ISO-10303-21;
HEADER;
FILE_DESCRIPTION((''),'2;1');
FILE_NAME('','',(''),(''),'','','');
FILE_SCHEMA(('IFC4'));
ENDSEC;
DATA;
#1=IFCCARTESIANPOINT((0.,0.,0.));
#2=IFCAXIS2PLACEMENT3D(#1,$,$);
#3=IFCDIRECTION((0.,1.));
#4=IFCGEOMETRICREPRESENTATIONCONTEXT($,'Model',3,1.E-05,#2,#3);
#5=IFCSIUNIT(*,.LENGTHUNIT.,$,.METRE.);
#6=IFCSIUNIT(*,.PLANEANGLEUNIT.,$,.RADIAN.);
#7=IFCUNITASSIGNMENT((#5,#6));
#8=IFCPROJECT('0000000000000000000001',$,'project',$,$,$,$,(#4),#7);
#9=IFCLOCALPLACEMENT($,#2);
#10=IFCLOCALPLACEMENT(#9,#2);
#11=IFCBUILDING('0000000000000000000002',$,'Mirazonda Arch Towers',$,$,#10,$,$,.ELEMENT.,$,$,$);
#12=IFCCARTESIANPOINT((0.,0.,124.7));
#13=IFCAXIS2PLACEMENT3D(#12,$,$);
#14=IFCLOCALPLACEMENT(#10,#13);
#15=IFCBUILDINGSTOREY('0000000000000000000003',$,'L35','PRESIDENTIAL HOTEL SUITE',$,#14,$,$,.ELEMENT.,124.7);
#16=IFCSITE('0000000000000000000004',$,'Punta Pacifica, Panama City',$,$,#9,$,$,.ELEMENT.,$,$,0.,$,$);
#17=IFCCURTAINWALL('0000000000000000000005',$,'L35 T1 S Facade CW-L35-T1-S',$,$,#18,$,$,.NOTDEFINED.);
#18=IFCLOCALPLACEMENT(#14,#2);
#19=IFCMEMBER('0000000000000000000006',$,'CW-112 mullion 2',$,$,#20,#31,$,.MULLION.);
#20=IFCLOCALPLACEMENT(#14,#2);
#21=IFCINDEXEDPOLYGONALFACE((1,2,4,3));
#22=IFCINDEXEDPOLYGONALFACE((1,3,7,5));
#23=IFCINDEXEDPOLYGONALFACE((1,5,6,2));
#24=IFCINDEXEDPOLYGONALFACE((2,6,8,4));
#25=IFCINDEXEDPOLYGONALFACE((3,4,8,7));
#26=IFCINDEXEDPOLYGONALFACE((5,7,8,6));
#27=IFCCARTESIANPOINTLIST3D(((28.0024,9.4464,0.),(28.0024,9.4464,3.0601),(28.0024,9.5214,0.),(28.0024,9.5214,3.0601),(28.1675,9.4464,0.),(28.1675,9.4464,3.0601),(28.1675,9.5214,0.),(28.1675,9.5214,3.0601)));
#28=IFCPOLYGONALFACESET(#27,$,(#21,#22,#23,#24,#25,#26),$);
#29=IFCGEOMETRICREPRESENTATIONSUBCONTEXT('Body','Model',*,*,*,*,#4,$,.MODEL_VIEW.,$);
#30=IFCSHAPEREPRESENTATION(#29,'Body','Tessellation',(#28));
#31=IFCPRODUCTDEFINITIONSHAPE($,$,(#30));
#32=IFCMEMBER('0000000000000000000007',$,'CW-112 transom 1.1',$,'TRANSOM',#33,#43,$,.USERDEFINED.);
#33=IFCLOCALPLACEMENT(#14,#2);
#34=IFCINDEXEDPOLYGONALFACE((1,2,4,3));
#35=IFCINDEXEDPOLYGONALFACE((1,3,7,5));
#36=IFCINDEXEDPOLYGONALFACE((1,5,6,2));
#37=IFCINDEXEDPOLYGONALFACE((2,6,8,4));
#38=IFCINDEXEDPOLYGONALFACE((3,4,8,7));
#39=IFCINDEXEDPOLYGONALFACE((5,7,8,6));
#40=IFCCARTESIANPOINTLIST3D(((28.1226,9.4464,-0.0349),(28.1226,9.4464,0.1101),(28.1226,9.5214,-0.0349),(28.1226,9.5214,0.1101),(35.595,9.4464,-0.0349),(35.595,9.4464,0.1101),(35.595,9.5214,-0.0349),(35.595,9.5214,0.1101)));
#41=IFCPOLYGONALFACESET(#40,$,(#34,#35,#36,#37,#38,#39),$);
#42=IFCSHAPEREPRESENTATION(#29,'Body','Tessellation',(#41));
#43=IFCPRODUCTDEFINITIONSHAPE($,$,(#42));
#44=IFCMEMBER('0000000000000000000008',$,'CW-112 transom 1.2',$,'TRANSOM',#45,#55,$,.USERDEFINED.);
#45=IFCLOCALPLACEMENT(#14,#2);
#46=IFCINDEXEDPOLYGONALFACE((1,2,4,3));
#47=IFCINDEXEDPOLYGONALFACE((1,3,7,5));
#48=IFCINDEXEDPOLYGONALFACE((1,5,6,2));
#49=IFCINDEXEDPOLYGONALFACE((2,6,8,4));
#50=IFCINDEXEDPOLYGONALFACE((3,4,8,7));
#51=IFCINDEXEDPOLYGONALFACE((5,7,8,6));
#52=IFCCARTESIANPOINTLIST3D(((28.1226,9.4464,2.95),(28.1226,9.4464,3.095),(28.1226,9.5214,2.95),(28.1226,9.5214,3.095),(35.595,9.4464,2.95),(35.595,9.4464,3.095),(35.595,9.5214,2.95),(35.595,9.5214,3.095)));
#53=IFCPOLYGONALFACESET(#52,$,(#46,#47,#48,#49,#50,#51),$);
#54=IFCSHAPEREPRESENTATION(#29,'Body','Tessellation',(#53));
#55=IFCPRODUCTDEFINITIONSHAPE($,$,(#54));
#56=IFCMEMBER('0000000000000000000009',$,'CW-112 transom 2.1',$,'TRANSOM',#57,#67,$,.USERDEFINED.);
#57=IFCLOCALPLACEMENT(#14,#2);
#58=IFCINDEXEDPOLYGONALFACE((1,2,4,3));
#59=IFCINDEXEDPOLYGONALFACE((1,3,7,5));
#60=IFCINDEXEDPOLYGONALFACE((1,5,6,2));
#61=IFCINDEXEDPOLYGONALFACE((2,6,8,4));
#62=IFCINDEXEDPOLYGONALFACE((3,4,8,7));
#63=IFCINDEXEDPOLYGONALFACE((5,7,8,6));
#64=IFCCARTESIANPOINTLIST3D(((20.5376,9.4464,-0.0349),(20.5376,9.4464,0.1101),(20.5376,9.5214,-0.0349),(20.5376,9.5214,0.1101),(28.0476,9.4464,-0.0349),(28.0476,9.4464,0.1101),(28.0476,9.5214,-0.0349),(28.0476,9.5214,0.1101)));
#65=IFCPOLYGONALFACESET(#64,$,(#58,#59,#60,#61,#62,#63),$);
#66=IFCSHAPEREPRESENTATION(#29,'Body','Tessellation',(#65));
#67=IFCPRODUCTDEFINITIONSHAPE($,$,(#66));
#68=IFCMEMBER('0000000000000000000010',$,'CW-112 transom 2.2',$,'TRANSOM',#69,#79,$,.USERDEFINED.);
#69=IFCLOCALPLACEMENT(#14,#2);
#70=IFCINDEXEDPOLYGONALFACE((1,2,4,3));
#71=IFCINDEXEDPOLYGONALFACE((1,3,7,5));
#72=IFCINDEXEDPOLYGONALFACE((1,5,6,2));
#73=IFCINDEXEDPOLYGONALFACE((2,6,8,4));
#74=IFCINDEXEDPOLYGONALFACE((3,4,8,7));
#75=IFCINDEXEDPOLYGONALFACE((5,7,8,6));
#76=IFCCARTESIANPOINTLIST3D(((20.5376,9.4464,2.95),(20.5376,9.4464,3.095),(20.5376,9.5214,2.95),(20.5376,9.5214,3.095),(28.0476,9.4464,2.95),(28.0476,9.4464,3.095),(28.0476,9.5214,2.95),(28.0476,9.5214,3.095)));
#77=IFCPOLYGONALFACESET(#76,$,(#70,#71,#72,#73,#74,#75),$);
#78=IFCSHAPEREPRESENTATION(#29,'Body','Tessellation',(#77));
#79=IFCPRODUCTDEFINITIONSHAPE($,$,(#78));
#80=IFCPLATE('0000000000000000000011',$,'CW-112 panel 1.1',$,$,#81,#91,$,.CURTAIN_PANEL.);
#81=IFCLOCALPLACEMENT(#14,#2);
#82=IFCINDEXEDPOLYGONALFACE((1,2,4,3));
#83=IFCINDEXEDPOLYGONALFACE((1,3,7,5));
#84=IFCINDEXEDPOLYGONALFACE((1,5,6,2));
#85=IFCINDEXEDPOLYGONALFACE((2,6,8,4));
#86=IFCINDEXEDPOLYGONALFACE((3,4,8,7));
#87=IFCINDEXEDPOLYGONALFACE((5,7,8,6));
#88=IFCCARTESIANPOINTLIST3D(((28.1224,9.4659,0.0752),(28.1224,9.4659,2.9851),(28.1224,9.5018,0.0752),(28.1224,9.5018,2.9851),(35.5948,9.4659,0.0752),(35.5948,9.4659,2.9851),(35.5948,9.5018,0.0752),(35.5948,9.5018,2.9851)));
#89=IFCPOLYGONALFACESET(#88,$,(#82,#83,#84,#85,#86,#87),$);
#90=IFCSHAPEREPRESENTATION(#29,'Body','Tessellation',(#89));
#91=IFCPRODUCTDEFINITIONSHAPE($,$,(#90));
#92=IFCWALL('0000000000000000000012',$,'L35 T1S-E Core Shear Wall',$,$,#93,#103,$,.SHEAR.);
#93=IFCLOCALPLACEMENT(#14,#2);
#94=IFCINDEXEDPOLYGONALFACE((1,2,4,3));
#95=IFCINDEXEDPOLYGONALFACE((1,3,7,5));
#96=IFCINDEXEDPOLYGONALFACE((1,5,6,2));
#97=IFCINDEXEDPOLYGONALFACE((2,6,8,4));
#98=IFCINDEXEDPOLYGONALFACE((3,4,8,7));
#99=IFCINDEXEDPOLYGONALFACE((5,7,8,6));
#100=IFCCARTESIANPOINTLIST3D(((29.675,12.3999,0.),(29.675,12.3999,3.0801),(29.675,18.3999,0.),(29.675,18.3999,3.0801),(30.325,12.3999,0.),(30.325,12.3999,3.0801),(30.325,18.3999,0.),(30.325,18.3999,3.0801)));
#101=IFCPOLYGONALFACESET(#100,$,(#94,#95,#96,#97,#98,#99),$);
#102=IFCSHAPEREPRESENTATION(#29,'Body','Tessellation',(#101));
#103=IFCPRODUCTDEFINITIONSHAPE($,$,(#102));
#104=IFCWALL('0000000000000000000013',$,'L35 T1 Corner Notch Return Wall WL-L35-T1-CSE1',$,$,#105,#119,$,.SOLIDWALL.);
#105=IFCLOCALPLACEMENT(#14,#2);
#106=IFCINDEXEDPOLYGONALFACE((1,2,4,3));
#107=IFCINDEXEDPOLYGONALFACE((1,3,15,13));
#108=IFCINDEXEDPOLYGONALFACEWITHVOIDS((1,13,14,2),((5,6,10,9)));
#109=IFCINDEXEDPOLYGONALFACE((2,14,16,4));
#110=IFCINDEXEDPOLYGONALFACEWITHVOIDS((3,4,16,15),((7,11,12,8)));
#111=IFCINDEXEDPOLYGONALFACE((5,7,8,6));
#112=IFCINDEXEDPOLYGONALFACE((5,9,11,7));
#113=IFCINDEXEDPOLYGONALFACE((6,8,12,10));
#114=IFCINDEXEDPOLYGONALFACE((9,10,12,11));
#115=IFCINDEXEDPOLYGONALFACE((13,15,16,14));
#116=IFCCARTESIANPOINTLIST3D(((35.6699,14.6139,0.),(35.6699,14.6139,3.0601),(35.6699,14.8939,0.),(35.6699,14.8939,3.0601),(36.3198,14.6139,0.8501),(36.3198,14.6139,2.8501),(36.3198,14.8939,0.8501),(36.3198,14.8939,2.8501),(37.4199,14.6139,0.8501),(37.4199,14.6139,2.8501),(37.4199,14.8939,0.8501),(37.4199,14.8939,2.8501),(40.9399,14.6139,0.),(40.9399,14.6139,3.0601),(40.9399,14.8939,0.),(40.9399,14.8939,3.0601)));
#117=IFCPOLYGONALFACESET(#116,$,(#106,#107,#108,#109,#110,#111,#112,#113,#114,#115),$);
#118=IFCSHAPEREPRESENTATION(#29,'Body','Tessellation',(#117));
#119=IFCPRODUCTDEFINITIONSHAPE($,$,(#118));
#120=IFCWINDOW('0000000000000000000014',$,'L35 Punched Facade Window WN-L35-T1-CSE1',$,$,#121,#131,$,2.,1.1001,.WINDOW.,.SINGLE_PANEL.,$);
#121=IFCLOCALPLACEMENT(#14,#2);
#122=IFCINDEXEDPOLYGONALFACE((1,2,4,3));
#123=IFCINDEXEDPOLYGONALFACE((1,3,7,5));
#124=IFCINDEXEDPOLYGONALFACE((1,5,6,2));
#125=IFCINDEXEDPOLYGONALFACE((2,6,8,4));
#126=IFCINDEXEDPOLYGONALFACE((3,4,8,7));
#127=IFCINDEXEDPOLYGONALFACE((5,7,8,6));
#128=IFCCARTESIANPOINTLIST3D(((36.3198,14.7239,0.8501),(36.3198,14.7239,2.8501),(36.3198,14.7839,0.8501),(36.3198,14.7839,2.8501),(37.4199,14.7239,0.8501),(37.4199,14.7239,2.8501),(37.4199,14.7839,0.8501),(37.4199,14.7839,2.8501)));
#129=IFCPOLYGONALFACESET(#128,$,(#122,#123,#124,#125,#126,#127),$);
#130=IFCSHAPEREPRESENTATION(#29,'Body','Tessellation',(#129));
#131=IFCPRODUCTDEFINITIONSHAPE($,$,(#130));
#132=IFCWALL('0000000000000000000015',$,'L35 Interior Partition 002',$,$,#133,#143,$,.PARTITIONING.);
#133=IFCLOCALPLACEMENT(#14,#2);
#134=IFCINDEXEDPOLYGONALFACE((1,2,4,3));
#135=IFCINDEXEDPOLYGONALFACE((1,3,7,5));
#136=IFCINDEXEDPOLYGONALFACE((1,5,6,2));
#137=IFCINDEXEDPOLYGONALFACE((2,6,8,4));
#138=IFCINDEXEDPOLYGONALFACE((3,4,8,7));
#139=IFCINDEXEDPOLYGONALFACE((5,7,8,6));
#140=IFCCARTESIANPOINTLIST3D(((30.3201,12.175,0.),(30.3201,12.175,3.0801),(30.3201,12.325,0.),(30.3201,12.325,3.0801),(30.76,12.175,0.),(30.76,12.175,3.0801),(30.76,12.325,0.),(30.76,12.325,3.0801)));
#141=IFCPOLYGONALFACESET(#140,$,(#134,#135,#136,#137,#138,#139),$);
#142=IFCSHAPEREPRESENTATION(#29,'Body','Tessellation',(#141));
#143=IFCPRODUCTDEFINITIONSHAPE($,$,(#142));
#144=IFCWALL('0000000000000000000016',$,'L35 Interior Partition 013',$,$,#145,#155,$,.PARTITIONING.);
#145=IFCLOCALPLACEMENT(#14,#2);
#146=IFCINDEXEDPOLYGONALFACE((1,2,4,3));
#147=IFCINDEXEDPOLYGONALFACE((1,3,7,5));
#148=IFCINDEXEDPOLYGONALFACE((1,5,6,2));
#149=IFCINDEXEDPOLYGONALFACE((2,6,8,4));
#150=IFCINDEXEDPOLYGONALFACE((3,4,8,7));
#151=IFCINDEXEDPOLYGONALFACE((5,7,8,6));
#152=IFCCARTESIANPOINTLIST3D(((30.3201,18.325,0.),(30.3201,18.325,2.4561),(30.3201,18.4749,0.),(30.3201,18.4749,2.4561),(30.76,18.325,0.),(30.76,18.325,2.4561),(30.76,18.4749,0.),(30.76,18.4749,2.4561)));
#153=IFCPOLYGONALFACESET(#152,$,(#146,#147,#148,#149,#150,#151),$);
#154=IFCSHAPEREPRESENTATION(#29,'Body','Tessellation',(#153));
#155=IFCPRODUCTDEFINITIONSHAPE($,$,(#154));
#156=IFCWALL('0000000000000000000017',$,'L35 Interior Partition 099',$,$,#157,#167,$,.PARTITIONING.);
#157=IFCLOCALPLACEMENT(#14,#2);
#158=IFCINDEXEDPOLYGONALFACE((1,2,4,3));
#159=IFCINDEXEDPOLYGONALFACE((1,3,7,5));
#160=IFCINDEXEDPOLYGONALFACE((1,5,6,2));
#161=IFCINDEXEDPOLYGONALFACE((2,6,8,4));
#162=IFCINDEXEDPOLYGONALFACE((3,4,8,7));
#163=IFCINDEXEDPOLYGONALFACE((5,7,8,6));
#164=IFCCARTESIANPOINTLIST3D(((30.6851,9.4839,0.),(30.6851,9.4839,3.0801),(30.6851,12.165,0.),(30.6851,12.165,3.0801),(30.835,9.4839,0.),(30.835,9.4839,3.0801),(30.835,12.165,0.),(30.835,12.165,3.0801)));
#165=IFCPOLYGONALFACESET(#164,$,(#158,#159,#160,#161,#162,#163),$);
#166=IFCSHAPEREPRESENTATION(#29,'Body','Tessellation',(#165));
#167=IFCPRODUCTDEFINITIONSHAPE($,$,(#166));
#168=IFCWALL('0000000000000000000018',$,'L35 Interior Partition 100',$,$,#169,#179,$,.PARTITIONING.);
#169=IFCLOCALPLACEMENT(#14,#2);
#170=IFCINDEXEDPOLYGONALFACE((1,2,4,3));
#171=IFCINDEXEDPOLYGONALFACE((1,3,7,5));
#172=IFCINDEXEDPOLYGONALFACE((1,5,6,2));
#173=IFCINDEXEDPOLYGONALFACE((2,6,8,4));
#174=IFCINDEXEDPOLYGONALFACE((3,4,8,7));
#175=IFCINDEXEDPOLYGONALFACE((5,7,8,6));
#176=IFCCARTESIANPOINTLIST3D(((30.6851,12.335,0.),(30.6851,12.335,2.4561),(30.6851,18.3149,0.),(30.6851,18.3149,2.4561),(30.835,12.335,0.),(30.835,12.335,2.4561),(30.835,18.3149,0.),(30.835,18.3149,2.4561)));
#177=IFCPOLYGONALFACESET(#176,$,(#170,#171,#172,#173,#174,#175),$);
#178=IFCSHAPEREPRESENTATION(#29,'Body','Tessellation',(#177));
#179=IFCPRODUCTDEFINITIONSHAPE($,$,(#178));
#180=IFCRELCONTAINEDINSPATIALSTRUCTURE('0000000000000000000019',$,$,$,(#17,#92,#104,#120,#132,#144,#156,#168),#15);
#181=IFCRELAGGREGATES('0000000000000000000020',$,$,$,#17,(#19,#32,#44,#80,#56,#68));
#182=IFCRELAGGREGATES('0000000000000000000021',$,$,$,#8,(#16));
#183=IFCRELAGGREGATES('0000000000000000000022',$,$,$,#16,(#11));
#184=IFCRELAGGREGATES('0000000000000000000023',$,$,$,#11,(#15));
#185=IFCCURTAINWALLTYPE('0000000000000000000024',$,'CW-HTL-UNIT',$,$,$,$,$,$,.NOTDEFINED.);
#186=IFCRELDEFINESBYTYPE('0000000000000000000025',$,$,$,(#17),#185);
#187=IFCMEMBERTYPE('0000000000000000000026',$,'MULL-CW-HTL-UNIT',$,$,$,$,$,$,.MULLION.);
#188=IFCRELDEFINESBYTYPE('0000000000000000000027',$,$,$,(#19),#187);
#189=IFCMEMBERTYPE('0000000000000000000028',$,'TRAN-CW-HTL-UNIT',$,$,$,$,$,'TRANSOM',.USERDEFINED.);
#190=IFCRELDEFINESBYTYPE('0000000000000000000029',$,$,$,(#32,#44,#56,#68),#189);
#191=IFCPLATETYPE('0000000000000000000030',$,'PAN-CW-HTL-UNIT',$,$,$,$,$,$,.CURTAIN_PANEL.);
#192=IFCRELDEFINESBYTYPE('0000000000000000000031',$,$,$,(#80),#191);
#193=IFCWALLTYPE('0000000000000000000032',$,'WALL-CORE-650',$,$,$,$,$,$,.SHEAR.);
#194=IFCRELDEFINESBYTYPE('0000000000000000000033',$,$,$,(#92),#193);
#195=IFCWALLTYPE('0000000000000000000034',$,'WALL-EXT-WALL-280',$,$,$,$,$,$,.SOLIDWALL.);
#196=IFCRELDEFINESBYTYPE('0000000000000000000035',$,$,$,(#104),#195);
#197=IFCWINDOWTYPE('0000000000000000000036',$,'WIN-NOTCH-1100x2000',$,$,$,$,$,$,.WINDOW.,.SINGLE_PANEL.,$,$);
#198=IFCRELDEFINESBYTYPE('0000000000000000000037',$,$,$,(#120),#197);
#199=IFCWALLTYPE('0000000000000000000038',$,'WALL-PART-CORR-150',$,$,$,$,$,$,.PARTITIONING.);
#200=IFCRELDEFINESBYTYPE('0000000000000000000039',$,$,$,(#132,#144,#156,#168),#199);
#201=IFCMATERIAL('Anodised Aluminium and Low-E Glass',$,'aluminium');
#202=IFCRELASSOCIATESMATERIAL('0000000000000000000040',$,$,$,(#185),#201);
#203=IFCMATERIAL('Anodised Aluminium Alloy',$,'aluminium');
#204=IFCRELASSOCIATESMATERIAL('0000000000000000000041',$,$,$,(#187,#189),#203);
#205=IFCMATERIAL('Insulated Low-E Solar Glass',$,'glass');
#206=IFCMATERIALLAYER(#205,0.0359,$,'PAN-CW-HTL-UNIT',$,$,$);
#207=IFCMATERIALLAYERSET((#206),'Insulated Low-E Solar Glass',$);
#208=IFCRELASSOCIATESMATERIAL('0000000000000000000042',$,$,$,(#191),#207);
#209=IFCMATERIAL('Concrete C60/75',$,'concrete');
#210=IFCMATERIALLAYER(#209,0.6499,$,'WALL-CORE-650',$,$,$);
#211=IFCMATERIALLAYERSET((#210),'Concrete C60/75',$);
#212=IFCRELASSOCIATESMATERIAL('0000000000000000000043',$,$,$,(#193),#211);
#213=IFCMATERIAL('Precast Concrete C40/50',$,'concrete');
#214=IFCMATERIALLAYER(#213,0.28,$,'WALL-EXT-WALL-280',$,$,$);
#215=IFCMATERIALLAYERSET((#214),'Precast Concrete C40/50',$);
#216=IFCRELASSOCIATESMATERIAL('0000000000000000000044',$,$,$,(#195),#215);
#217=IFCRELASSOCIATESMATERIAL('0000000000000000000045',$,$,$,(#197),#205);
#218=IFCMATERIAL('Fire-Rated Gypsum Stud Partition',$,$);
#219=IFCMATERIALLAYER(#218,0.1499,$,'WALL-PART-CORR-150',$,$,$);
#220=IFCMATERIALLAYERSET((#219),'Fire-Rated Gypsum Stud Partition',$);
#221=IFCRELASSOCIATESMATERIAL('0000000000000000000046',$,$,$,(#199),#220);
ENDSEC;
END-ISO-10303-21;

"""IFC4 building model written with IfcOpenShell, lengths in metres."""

from ifc_helpers import new_model, si_unit, direction, frame, frame_2d, origin, origin_2d, place, context, subcontext, project, spatial, rectangle, extrude, material, layer, layer_set, material_profile, profile_set, type_object, element, fill, aggregate, save


model = new_model("IFC4")

# Units and contexts
model_context = context("Model", 3, precision=1e-05, world=origin(), true_north=direction((0.0, 1.0)))
body_context = subcontext(model_context, "Body", "Model", "MODEL_VIEW")
ifc_project = project(units=[si_unit("LENGTHUNIT", "METRE"), si_unit("PLANEANGLEUNIT", "RADIAN")], contexts=[model_context])

# Site, building, storey
site_placement = place(None, origin())
site = spatial("IfcSite", under=ifc_project, at=site_placement, Name="Punta Pacifica, Panama City", CompositionType="ELEMENT", RefElevation=0.0)
building_placement = place(site_placement, origin())
building = spatial("IfcBuilding", under=site, at=building_placement, Name="Mirazonda Arch Towers", CompositionType="ELEMENT")
storey_placement = place(building_placement, frame((0.0, 0.0, 124.7)))
storey = spatial("IfcBuildingStorey", under=building, at=storey_placement, Name="L35", Description="PRESIDENTIAL HOTEL SUITE", CompositionType="ELEMENT", Elevation=124.7)

# Shared definitions
ifc_material_1 = material(Name="Concrete C60/75", Category="concrete")

# Curtain wall, members, plate
ifc_material_2 = material(Name="Anodised Aluminium and Low-E Glass", Category="aluminium")
curtain_wall_type = type_object("IfcCurtainWallType", Name="CW-HTL-UNIT", PredefinedType="NOTDEFINED", material=ifc_material_2)
curtain_wall_placement = place(storey_placement, origin())
curtain_wall = element("IfcCurtainWall", 1, at=curtain_wall_placement, inside=storey, type_object=curtain_wall_type, Name="L35 T1 S Facade CW-L35-T1-S", PredefinedType="NOTDEFINED")
ifc_material_3 = material(Name="Anodised Aluminium Alloy", Category="aluminium")
ifc_material_profile_1 = material_profile(ifc_material_3, rectangle(XDim=0.075, YDim=0.165, at=origin_2d()), Name="ALU-MULL-75x165")
ifc_profile_set_1 = profile_set([ifc_material_profile_1], Name="Anodised Aluminium Alloy")
member_type_1 = type_object("IfcMemberType", Name="MULL-CW-HTL-UNIT", PredefinedType="MULLION", material=ifc_profile_set_1)
member_1_placement = place(storey_placement, frame((28.085, 9.4839, 0.0), z_axis=(0.0, 0.0, 1.0), x_axis=(0.0, -1.0, 0.0)))
member_1 = element("IfcMember", 2, at=member_1_placement, type_object=member_type_1, Name="CW-112 mullion 2", PredefinedType="MULLION", context=body_context, shape_type="SweptSolid", body=[
    extrude(rectangle(XDim=0.075, YDim=0.165, at=origin_2d()), origin(), (0.0, 0.0, 1.0), 3.0601),
])
ifc_material_profile_2 = material_profile(ifc_material_3, rectangle(XDim=0.075, YDim=0.145, at=origin_2d()), Name="ALU-TRAN-75x145")
ifc_profile_set_2 = profile_set([ifc_material_profile_2], Name="Anodised Aluminium Alloy")
member_type_2 = type_object("IfcMemberType", Name="TRAN-CW-HTL-UNIT", ElementType="TRANSOM", PredefinedType="USERDEFINED", material=ifc_profile_set_2)
member_2_placement = place(storey_placement, frame((35.595, 9.4839, 0.0376), z_axis=(-1.0, 0.0, 0.0), x_axis=(0.0, -1.0, 0.0)))
member_2 = element("IfcMember", 3, at=member_2_placement, type_object=member_type_2, Name="CW-112 transom 1.1", ObjectType="TRANSOM", PredefinedType="USERDEFINED", context=body_context, shape_type="SweptSolid", body=[
    extrude(rectangle(XDim=0.075, YDim=0.145, at=origin_2d()), origin(), (0.0, 0.0, 1.0), 7.4724),
])
member_3_placement = place(storey_placement, frame((35.595, 9.4839, 3.0225), z_axis=(-1.0, 0.0, 0.0), x_axis=(0.0, -1.0, 0.0)))
member_3 = element("IfcMember", 4, at=member_3_placement, type_object=member_type_2, Name="CW-112 transom 1.2", ObjectType="TRANSOM", PredefinedType="USERDEFINED", context=body_context, shape_type="SweptSolid", body=[
    extrude(rectangle(XDim=0.075, YDim=0.145, at=origin_2d()), origin(), (0.0, 0.0, 1.0), 7.4724),
])
member_4_placement = place(storey_placement, frame((28.0476, 9.4839, 0.0376), z_axis=(-1.0, 0.0, 0.0), x_axis=(0.0, -1.0, 0.0)))
member_4 = element("IfcMember", 5, at=member_4_placement, type_object=member_type_2, Name="CW-112 transom 2.1", ObjectType="TRANSOM", PredefinedType="USERDEFINED", context=body_context, shape_type="SweptSolid", body=[
    extrude(rectangle(XDim=0.075, YDim=0.145, at=origin_2d()), origin(), (0.0, 0.0, 1.0), 7.51),
])
member_5_placement = place(storey_placement, frame((28.0476, 9.4839, 3.0225), z_axis=(-1.0, 0.0, 0.0), x_axis=(0.0, -1.0, 0.0)))
member_5 = element("IfcMember", 6, at=member_5_placement, type_object=member_type_2, Name="CW-112 transom 2.2", ObjectType="TRANSOM", PredefinedType="USERDEFINED", context=body_context, shape_type="SweptSolid", body=[
    extrude(rectangle(XDim=0.075, YDim=0.145, at=origin_2d()), origin(), (0.0, 0.0, 1.0), 7.51),
])
ifc_material_4 = material(Name="Insulated Low-E Solar Glass", Category="glass")
ifc_layer_1 = layer(ifc_material_4, 0.0359, Name="PAN-CW-HTL-UNIT")
ifc_layer_set_1 = layer_set([ifc_layer_1], Name="Insulated Low-E Solar Glass")
plate_type = type_object("IfcPlateType", Name="PAN-CW-HTL-UNIT", PredefinedType="CURTAIN_PANEL", material=ifc_layer_set_1)
plate_placement = place(storey_placement, frame((31.8586, 9.4839, 0.0752), z_axis=(0.0, 0.0, 1.0), x_axis=(-1.0, 0.0, 0.0)))
plate = element("IfcPlate", 7, at=plate_placement, type_object=plate_type, Name="CW-112 panel 1.1", PredefinedType="CURTAIN_PANEL", context=body_context, shape_type="SweptSolid", body=[
    extrude(rectangle(XDim=7.4724, YDim=0.0359, at=origin_2d()), origin(), (0.0, 0.0, 1.0), 2.9099),
])
aggregate(curtain_wall, [member_1, member_2, member_3, plate, member_4, member_5])

# Wall
ifc_layer_2 = layer(ifc_material_1, 0.6499, Name="WALL-CORE-650")
ifc_layer_set_2 = layer_set([ifc_layer_2], Name="Concrete C60/75")
wall_type_1 = type_object("IfcWallType", Name="WALL-CORE-650", PredefinedType="SHEAR", material=ifc_layer_set_2)
wall_1_placement = place(storey_placement, frame((30.0, 12.3999, 0.0), z_axis=(0.0, 0.0, 1.0), x_axis=(0.0, 1.0, 0.0)))
element("IfcWall", 8, at=wall_1_placement, inside=storey, type_object=wall_type_1, Name="L35 T1S-E Core Shear Wall", PredefinedType="SHEAR", context=body_context, shape_type="SweptSolid", body=[
    extrude(rectangle(XDim=6.0, YDim=0.6499, at=frame_2d((3.0, 0.0))), origin(), (0.0, 0.0, 1.0), 3.0801),
])

# Wall, opening, window
ifc_material_5 = material(Name="Precast Concrete C40/50", Category="concrete")
ifc_layer_3 = layer(ifc_material_5, 0.28, Name="WALL-EXT-WALL-280")
ifc_layer_set_3 = layer_set([ifc_layer_3], Name="Precast Concrete C40/50")
wall_type_2 = type_object("IfcWallType", Name="WALL-EXT-WALL-280", PredefinedType="SOLIDWALL", material=ifc_layer_set_3)
wall_2_placement = place(storey_placement, frame((35.6699, 14.7539, 0.0), z_axis=(0.0, 0.0, 1.0), x_axis=(1.0, 0.0, 0.0)))
wall_2 = element("IfcWall", 9, at=wall_2_placement, inside=storey, type_object=wall_type_2, Name="L35 T1 Corner Notch Return Wall WL-L35-T1-CSE1", PredefinedType="SOLIDWALL", context=body_context, shape_type="SweptSolid", body=[
    extrude(rectangle(XDim=5.27, YDim=0.28, at=frame_2d((2.635, 0.0))), origin(), (0.0, 0.0, 1.0), 3.0601),
])
opening_1_placement = place(wall_2_placement, frame((0.6499, 0.0, 0.8501)))
opening_1 = element("IfcOpeningElement", 10, at=opening_1_placement, cuts=wall_2, PredefinedType="OPENING", context=body_context, shape_type="SweptSolid", body=[
    extrude(rectangle(XDim=1.1001, YDim=2.0, at=frame_2d((0.55, 1.0))), frame((0.0, 0.1499, 0.0), z_axis=(0.0, -1.0, 0.0), x_axis=(1.0, 0.0, 0.0)), (0.0, 0.0, 1.0), 0.3),
])
window_type = type_object("IfcWindowType", Name="WIN-NOTCH-1100x2000", PartitioningType="SINGLE_PANEL", PredefinedType="WINDOW", material=ifc_material_4)
window_placement = place(opening_1_placement, origin())
window = element("IfcWindow", 11, at=window_placement, inside=storey, type_object=window_type, Name="L35 Punched Facade Window WN-L35-T1-CSE1", OverallHeight=2.0, OverallWidth=1.1001, PartitioningType="SINGLE_PANEL", PredefinedType="WINDOW", context=body_context, shape_type="SweptSolid", body=[
    extrude(rectangle(XDim=1.1001, YDim=2.0, at=frame_2d((0.55, 1.0))), frame((0.0, 0.03, 0.0), z_axis=(0.0, -1.0, 0.0), x_axis=(1.0, 0.0, 0.0)), (0.0, 0.0, 1.0), 0.0601),
])
fill(opening_1, window)

# Walls
ifc_material_6 = material(Name="Fire-Rated Gypsum Stud Partition")
ifc_layer_4 = layer(ifc_material_6, 0.1499, Name="WALL-PART-CORR-150")
ifc_layer_set_4 = layer_set([ifc_layer_4], Name="Fire-Rated Gypsum Stud Partition")
wall_type_3 = type_object("IfcWallType", Name="WALL-PART-CORR-150", PredefinedType="PARTITIONING", material=ifc_layer_set_4)
wall_3_placement = place(storey_placement, frame((30.3201, 12.25, 0.0), z_axis=(0.0, 0.0, 1.0), x_axis=(1.0, 0.0, 0.0)))
element("IfcWall", 12, at=wall_3_placement, inside=storey, type_object=wall_type_3, Name="L35 Interior Partition 002", PredefinedType="PARTITIONING", context=body_context, shape_type="SweptSolid", body=[
    extrude(rectangle(XDim=0.4399, YDim=0.1499, at=frame_2d((0.22, 0.0))), origin(), (0.0, 0.0, 1.0), 3.0801),
])
wall_4_placement = place(storey_placement, frame((30.3201, 18.3999, 0.0), z_axis=(0.0, 0.0, 1.0), x_axis=(1.0, 0.0, 0.0)))
element("IfcWall", 13, at=wall_4_placement, inside=storey, type_object=wall_type_3, Name="L35 Interior Partition 013", PredefinedType="PARTITIONING", context=body_context, shape_type="SweptSolid", body=[
    extrude(rectangle(XDim=0.4399, YDim=0.1499, at=frame_2d((0.22, 0.0))), origin(), (0.0, 0.0, 1.0), 2.4561),
])
wall_5_placement = place(storey_placement, frame((30.76, 9.4839, 0.0), z_axis=(0.0, 0.0, 1.0), x_axis=(0.0, 1.0, 0.0)))
element("IfcWall", 14, at=wall_5_placement, inside=storey, type_object=wall_type_3, Name="L35 Interior Partition 099", PredefinedType="PARTITIONING", context=body_context, shape_type="SweptSolid", body=[
    extrude(rectangle(XDim=2.6812, YDim=0.1499, at=frame_2d((1.3406, 0.0))), origin(), (0.0, 0.0, 1.0), 3.0801),
])
wall_6_placement = place(storey_placement, frame((30.76, 12.335, 0.0), z_axis=(0.0, 0.0, 1.0), x_axis=(0.0, 1.0, 0.0)))
element("IfcWall", 15, at=wall_6_placement, inside=storey, type_object=wall_type_3, Name="L35 Interior Partition 100", PredefinedType="PARTITIONING", context=body_context, shape_type="SweptSolid", body=[
    extrude(rectangle(XDim=5.98, YDim=0.1499, at=frame_2d((2.99, 0.0))), origin(), (0.0, 0.0, 1.0), 2.4561),
])

save(model, "model.ifc")
